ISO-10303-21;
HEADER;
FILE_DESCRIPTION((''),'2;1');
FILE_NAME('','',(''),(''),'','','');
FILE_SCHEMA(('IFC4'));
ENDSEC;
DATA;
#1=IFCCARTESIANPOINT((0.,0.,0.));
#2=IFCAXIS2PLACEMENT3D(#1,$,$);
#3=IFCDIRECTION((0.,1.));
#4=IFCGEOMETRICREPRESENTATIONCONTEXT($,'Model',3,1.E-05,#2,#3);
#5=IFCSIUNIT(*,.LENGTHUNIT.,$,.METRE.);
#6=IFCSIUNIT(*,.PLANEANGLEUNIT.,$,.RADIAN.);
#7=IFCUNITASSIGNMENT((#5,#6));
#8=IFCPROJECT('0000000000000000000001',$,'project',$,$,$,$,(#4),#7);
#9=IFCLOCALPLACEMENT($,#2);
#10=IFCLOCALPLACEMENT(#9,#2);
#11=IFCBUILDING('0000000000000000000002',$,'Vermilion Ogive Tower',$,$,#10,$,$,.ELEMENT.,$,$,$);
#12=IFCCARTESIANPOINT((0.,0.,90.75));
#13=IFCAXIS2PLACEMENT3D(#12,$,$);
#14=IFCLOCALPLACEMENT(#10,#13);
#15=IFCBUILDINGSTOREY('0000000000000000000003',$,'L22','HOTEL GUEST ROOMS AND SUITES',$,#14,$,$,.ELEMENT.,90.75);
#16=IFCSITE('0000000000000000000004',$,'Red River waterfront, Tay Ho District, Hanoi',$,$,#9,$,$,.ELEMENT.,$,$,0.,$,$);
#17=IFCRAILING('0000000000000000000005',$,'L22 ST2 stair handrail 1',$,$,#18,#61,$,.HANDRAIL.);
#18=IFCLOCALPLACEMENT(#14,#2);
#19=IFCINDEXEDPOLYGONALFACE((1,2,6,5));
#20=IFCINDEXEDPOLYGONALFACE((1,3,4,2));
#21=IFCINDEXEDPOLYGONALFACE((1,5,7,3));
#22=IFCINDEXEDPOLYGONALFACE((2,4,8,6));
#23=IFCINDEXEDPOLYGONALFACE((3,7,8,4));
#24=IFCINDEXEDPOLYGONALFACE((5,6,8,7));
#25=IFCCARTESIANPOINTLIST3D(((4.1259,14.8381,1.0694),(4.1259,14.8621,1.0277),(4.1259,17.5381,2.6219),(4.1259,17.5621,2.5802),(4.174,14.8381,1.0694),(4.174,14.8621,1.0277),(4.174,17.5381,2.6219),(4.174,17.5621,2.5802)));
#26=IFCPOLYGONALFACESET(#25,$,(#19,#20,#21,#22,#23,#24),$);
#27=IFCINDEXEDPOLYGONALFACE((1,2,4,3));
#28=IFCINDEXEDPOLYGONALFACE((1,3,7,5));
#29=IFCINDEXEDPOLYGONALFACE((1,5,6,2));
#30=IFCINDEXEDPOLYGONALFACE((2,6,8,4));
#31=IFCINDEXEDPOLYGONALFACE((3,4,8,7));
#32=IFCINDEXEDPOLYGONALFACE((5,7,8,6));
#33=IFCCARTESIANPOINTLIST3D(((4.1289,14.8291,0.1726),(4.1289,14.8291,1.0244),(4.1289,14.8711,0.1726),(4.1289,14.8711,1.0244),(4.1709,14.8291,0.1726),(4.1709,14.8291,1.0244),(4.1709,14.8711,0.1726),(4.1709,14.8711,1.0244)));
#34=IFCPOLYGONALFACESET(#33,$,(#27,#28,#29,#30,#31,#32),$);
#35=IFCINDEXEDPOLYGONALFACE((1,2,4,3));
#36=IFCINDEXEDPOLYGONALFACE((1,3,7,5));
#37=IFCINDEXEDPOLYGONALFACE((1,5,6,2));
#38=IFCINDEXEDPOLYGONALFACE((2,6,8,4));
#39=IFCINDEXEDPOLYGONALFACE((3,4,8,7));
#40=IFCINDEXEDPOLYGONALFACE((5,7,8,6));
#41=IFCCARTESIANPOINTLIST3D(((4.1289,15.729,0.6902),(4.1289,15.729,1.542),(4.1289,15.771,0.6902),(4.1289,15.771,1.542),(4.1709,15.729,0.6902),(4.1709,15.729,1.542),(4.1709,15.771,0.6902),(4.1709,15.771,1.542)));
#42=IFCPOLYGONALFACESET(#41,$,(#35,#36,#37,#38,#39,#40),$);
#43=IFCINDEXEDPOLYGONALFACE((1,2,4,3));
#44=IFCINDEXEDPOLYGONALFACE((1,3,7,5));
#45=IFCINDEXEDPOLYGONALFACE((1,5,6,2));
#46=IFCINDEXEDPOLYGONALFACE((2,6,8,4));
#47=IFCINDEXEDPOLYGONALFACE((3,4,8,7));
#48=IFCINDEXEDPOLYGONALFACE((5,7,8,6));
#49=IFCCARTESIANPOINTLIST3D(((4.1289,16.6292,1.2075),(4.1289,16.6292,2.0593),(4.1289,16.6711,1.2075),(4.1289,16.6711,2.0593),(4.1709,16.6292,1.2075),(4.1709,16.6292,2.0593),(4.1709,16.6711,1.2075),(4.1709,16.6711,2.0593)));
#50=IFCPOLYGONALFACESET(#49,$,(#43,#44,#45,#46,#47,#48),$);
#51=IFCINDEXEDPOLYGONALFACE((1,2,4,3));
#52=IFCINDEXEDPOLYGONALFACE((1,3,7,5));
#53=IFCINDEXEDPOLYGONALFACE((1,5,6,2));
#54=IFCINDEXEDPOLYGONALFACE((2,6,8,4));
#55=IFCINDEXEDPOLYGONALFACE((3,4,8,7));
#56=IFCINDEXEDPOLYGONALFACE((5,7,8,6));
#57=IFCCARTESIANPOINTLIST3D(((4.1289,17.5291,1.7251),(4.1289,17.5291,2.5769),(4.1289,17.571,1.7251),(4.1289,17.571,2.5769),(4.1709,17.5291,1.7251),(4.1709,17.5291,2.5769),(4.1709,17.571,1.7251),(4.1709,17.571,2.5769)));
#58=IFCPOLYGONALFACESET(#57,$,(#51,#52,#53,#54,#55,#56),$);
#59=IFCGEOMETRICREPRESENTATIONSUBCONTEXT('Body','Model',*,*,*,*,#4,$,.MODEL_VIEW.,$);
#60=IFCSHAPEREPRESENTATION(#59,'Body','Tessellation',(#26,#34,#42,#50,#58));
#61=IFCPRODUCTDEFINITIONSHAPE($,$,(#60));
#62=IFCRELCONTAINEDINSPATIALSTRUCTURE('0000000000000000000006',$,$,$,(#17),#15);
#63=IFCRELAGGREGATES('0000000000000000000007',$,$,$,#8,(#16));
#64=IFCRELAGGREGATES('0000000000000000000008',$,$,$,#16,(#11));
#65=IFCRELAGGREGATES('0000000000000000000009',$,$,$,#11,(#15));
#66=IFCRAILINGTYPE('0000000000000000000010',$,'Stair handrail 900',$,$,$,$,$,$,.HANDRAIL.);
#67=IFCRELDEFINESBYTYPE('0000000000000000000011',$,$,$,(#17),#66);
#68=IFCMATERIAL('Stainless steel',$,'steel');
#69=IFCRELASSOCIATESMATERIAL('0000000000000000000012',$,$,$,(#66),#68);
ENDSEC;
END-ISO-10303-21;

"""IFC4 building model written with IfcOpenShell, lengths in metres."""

from ifc_helpers import new_model, si_unit, direction, frame, origin, origin_2d, place, context, subcontext, project, spatial, rectangle, extrude, material, type_object, element, save


model = new_model("IFC4")

# Units and contexts
model_context = context("Model", 3, precision=1e-05, world=origin(), true_north=direction((0.0, 1.0)))
body_context = subcontext(model_context, "Body", "Model", "MODEL_VIEW")
ifc_project = project(units=[si_unit("LENGTHUNIT", "METRE"), si_unit("PLANEANGLEUNIT", "RADIAN")], contexts=[model_context])

# Site, building, storey
site_placement = place(None, origin())
site = spatial("IfcSite", under=ifc_project, at=site_placement, Name="Red River waterfront, Tay Ho District, Hanoi", CompositionType="ELEMENT", RefElevation=0.0)
building_placement = place(site_placement, origin())
building = spatial("IfcBuilding", under=site, at=building_placement, Name="Vermilion Ogive Tower", CompositionType="ELEMENT")
storey_placement = place(building_placement, frame((0.0, 0.0, 90.75)))
storey = spatial("IfcBuildingStorey", under=building, at=storey_placement, Name="L22", Description="HOTEL GUEST ROOMS AND SUITES", CompositionType="ELEMENT", Elevation=90.75)

# Railing
ifc_material_1 = material(Name="Stainless steel", Category="steel")
railing_type_1 = type_object("IfcRailingType", Name="Stair handrail 900", PredefinedType="HANDRAIL", material=ifc_material_1)
railing_1_placement = place(storey_placement, frame((4.1499, 14.8501, 0.1726)))
element("IfcRailing", 1, at=railing_1_placement, inside=storey, type_object=railing_type_1, Name="L22 ST2 stair handrail 1", PredefinedType="HANDRAIL", context=body_context, shape_type="SweptSolid", body=[
    extrude(rectangle(XDim=0.0481, YDim=0.0481, at=origin_2d()), frame((0.0, 0.0, 0.876), z_axis=(0.0, 0.866904, 0.498476), x_axis=(-1.0, 0.0, 0.0)), (0.0, 0.0, 1.0), 3.1145),
    extrude(rectangle(XDim=0.042, YDim=0.042, at=origin_2d()), origin(), (0.0, 0.0, 1.0), 0.8518),
    extrude(rectangle(XDim=0.042, YDim=0.042, at=origin_2d()), frame((0.0, 0.8999, 0.5176)), (0.0, 0.0, 1.0), 0.8518),
    extrude(rectangle(XDim=0.042, YDim=0.042, at=origin_2d()), frame((0.0, 1.8, 1.0349)), (0.0, 0.0, 1.0), 0.8518),
    extrude(rectangle(XDim=0.042, YDim=0.042, at=origin_2d()), frame((0.0, 2.7, 1.5525)), (0.0, 0.0, 1.0), 0.8518),
])

save(model, "model.ifc")
